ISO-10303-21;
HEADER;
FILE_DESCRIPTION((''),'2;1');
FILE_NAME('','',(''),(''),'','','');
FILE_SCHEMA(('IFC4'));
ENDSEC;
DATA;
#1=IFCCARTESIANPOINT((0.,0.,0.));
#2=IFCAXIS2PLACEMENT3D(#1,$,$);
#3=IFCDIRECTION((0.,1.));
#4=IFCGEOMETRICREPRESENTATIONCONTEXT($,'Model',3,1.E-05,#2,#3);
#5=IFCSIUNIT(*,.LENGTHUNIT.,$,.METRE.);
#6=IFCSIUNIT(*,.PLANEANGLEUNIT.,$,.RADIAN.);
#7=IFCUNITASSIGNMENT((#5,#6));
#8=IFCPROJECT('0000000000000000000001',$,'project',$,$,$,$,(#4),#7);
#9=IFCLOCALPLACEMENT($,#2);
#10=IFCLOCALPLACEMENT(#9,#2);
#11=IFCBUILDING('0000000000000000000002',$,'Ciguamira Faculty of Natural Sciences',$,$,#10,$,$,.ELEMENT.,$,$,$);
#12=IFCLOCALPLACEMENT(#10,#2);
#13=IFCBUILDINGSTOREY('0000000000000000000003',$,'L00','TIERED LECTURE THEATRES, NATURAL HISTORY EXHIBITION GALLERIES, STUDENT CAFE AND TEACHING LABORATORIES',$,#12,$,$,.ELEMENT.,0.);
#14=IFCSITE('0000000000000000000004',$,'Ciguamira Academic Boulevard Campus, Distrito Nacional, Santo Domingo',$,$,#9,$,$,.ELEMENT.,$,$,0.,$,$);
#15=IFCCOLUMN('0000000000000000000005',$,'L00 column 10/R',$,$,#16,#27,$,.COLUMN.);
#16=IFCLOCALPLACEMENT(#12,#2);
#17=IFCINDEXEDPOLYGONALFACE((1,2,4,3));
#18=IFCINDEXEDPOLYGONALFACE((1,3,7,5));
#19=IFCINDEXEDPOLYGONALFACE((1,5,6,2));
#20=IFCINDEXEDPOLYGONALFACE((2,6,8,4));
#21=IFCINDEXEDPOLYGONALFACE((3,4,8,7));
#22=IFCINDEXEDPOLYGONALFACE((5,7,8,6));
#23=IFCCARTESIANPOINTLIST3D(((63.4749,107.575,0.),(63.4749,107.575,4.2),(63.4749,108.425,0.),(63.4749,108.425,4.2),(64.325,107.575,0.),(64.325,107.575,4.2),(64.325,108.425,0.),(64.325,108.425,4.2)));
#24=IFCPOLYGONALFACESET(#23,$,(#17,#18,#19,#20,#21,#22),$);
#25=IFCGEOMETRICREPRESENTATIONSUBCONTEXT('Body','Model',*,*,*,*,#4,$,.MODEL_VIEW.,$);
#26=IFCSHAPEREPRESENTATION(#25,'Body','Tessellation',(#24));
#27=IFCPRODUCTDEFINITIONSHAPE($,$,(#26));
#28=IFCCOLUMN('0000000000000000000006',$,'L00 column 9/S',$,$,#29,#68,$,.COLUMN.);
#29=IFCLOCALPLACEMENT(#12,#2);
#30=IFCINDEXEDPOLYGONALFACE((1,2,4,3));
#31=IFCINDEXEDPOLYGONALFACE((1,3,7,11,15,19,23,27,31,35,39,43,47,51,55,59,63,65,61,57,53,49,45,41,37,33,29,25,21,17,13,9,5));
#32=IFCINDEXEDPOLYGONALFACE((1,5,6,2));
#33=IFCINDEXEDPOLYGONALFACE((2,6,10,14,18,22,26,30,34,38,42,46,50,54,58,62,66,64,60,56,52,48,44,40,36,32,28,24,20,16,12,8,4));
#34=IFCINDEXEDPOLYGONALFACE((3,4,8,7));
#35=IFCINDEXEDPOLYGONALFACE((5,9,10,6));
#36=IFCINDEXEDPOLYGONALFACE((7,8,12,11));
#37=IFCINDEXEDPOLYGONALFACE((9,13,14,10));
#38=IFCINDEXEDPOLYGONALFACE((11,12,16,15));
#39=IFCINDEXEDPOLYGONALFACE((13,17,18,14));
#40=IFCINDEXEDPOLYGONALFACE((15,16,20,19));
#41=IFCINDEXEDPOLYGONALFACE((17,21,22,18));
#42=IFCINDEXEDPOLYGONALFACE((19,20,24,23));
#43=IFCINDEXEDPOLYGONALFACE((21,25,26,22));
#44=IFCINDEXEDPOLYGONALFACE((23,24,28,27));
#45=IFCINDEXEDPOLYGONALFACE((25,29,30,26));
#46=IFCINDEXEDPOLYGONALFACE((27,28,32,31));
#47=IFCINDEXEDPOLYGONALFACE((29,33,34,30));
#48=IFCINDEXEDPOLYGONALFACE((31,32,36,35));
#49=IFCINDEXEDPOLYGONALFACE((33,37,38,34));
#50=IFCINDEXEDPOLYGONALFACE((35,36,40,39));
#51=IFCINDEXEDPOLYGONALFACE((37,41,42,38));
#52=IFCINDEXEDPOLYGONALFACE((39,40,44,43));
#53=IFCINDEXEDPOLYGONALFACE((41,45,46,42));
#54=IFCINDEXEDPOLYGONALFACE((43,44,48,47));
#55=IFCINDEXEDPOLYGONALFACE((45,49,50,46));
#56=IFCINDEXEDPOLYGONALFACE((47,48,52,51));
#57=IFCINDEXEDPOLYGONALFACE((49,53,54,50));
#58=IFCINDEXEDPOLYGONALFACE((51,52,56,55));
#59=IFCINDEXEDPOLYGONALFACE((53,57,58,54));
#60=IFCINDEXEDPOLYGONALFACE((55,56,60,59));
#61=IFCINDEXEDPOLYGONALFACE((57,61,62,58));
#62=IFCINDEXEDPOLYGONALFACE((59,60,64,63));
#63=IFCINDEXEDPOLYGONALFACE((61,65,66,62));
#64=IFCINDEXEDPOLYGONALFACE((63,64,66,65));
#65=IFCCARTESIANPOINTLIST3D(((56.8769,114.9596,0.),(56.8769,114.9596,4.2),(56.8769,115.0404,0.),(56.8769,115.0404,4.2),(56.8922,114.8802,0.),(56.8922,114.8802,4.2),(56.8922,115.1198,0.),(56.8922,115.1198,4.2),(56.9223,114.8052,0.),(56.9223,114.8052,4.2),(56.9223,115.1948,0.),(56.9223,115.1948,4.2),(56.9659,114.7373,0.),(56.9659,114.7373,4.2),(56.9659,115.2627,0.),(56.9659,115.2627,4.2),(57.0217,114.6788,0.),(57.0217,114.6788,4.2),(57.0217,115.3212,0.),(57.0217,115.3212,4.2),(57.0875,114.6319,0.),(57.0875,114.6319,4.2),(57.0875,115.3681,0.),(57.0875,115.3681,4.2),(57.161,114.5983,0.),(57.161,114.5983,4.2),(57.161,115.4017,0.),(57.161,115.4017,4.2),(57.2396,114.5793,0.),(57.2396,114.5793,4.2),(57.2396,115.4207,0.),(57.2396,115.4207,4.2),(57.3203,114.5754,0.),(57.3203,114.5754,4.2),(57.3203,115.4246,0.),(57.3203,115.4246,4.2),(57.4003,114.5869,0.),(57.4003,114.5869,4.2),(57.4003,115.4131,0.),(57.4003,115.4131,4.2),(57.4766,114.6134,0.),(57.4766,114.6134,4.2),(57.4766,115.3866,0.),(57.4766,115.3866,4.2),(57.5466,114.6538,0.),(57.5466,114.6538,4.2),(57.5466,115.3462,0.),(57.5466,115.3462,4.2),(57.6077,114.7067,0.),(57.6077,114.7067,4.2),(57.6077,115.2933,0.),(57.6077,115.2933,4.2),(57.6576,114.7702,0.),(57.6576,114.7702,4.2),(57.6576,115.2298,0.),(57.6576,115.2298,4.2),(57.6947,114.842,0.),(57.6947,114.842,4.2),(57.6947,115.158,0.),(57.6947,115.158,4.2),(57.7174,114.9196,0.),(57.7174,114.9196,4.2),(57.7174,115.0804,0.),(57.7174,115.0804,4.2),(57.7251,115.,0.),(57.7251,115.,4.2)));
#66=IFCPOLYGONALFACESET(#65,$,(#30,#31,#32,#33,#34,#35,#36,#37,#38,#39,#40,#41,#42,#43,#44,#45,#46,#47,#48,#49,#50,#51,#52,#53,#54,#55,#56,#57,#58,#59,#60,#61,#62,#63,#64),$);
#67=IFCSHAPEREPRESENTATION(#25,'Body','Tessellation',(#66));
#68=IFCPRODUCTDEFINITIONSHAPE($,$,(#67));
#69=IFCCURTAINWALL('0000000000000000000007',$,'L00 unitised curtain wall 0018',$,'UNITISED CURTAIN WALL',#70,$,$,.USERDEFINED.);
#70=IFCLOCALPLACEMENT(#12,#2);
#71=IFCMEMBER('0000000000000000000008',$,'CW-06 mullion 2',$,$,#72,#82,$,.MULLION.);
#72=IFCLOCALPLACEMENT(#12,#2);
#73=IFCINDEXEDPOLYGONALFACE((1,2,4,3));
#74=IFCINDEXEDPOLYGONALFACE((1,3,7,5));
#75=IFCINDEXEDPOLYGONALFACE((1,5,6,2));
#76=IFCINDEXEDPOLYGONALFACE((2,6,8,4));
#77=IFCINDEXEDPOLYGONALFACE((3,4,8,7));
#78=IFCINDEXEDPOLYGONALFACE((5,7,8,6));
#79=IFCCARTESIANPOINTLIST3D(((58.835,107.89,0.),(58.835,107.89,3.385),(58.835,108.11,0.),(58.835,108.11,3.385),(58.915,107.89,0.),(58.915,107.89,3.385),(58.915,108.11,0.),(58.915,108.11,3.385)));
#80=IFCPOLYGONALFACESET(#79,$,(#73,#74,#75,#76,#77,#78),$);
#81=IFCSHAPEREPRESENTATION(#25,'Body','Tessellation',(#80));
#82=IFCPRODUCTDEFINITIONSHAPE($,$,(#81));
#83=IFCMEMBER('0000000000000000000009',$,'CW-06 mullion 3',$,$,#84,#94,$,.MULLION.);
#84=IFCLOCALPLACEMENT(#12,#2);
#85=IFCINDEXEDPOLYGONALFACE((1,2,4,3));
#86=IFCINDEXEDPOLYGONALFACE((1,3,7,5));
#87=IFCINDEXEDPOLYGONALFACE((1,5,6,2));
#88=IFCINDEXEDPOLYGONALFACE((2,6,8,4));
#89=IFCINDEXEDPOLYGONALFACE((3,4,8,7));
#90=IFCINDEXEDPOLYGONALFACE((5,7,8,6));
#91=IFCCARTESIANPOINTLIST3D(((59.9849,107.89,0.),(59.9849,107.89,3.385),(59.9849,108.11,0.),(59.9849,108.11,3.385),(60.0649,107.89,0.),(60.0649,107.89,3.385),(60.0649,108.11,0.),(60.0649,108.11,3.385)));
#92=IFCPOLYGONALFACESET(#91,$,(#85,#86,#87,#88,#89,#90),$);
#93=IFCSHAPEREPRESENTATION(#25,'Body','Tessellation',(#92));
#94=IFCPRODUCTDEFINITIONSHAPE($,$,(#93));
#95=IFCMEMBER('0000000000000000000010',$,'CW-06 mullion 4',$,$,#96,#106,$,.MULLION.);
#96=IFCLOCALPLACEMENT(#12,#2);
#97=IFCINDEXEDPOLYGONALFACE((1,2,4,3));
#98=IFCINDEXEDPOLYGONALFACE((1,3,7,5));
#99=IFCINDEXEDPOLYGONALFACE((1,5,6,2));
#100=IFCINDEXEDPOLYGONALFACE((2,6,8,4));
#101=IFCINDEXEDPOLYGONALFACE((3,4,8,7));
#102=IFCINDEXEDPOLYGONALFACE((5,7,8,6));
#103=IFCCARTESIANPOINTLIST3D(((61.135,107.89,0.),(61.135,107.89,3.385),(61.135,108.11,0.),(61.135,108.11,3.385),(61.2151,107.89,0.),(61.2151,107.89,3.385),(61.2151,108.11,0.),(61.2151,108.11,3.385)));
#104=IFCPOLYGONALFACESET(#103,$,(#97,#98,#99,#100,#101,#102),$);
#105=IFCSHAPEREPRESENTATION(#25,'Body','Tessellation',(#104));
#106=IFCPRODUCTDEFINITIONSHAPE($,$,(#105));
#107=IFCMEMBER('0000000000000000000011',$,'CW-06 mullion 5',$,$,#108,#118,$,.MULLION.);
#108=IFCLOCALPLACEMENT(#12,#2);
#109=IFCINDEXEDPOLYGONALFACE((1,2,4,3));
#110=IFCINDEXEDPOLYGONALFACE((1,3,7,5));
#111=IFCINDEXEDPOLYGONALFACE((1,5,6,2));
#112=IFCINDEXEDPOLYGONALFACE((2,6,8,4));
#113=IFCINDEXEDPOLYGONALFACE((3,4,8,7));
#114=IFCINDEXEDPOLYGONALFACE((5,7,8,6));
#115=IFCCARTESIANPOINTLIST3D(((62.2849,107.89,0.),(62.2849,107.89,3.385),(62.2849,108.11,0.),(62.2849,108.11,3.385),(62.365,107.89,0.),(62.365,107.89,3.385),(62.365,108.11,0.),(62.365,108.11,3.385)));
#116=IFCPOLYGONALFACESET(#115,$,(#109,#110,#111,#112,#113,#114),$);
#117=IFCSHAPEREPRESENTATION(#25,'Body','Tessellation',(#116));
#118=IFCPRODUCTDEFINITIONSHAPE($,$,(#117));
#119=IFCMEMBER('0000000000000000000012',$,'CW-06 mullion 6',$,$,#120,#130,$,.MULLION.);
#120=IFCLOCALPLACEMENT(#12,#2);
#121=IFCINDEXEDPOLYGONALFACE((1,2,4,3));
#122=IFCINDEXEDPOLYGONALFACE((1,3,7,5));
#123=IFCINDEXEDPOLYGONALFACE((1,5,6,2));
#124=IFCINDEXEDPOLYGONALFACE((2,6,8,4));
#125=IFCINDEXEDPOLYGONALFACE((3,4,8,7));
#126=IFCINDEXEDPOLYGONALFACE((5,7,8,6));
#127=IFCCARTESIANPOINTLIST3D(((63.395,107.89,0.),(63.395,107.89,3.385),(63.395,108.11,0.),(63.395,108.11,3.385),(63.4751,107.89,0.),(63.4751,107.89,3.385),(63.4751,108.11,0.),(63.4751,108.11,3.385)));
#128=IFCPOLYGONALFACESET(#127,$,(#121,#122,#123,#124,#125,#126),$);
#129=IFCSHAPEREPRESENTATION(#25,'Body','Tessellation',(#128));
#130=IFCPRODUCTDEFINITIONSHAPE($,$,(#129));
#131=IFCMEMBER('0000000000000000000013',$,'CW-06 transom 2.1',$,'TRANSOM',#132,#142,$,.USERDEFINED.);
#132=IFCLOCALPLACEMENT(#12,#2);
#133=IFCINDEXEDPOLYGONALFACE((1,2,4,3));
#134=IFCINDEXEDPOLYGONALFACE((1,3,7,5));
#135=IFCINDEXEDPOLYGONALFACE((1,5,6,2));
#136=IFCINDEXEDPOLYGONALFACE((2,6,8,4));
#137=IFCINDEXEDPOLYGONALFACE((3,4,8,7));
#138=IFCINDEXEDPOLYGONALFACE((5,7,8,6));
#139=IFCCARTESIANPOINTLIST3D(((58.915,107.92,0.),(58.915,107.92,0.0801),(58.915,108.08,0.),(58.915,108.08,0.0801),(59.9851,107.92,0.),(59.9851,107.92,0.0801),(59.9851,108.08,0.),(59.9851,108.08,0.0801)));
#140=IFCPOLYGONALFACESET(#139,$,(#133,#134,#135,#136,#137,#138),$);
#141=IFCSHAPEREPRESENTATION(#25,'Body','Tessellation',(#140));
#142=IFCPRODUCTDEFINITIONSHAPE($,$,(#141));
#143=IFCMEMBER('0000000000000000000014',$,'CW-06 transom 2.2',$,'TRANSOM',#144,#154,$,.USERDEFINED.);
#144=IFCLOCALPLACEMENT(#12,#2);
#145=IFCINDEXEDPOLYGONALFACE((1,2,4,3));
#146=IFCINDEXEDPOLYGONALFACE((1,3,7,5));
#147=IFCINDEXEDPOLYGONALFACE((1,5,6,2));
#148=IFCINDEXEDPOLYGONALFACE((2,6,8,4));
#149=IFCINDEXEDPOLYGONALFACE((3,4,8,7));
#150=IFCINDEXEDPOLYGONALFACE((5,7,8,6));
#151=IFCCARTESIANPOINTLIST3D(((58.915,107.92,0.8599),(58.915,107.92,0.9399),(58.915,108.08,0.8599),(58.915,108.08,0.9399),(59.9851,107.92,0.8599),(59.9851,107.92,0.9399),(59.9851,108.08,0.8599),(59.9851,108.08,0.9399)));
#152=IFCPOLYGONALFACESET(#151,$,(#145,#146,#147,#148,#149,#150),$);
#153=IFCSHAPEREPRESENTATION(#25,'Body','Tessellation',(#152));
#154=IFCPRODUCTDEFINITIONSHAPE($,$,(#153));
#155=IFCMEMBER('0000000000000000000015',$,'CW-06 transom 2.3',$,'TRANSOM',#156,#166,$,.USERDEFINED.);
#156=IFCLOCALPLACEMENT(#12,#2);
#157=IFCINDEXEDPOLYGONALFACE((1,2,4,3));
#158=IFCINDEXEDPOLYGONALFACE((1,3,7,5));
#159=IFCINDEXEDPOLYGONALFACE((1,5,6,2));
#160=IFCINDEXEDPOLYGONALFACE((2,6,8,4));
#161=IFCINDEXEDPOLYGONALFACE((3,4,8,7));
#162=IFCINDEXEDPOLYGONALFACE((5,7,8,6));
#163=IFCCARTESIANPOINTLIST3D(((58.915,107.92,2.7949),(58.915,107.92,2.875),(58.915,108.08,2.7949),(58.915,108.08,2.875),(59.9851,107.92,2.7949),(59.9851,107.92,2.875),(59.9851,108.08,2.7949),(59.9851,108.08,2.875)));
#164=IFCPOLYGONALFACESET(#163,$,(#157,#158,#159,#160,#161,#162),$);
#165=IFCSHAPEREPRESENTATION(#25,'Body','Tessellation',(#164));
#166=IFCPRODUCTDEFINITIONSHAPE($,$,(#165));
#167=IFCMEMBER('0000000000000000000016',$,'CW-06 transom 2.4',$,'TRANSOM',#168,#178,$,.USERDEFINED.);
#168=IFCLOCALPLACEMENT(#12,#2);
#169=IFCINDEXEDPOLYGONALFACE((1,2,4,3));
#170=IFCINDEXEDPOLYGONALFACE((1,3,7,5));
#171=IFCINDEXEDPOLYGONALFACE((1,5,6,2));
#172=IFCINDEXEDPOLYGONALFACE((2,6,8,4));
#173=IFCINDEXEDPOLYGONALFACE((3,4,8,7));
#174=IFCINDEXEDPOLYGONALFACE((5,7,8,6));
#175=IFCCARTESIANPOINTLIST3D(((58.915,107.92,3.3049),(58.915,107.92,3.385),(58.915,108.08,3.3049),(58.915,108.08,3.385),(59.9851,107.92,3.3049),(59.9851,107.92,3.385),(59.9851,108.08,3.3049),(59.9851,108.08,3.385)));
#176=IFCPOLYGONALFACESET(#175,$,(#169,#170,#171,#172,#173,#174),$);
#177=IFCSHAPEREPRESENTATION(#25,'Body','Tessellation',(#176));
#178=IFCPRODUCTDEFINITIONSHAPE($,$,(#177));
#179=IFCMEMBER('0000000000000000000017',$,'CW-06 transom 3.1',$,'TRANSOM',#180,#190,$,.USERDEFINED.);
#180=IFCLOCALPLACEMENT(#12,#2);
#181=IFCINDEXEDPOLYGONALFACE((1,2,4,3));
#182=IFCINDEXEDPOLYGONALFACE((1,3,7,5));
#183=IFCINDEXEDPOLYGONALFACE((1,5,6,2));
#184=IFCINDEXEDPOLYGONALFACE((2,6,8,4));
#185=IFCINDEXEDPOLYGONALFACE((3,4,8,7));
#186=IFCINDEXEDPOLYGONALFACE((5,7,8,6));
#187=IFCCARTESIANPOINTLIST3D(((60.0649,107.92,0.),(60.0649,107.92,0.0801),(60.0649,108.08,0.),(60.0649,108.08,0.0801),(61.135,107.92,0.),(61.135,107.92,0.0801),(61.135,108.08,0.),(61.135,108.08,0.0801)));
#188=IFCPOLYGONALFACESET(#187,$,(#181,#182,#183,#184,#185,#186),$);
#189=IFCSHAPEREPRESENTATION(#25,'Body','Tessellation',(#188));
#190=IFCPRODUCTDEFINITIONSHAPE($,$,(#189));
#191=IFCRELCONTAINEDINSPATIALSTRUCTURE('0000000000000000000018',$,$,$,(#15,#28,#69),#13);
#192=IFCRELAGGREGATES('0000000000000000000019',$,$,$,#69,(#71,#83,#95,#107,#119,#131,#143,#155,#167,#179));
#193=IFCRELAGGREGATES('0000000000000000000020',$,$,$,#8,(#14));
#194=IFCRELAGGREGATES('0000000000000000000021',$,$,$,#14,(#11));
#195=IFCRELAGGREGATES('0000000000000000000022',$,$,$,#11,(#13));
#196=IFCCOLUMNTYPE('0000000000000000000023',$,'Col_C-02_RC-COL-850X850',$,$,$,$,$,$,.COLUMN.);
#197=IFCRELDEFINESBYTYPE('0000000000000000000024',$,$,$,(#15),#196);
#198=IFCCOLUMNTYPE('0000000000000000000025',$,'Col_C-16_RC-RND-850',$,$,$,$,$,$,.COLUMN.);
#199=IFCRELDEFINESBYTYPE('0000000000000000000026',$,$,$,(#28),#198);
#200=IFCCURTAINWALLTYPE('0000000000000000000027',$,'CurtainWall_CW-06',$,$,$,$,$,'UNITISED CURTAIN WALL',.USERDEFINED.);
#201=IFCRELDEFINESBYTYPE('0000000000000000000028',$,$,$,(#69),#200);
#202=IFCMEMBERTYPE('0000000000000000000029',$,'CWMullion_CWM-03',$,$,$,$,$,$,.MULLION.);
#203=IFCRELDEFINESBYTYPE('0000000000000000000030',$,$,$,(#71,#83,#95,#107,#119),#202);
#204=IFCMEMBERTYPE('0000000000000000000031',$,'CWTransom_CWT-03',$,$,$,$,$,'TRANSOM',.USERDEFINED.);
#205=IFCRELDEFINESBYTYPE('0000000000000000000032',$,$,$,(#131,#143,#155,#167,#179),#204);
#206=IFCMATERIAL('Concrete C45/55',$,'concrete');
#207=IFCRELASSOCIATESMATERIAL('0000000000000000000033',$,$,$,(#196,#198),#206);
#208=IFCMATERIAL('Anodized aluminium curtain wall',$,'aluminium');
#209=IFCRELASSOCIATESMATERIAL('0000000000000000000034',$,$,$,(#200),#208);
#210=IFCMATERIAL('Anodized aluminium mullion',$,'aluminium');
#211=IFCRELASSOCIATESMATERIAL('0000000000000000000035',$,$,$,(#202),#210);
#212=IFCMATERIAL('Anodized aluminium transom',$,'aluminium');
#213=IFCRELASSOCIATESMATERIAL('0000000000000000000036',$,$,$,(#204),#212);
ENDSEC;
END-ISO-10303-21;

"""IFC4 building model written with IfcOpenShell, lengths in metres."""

from ifc_helpers import new_model, si_unit, direction, frame, origin, origin_2d, place, context, subcontext, project, spatial, rectangle, circle, extrude, material, material_profile, profile_set, type_object, element, aggregate, save


model = new_model("IFC4")

# Units and contexts
model_context = context("Model", 3, precision=1e-05, world=origin(), true_north=direction((0.0, 1.0)))
body_context = subcontext(model_context, "Body", "Model", "MODEL_VIEW")
ifc_project = project(units=[si_unit("LENGTHUNIT", "METRE"), si_unit("PLANEANGLEUNIT", "RADIAN")], contexts=[model_context])

# Site, building, storey
site_placement = place(None, origin())
site = spatial("IfcSite", under=ifc_project, at=site_placement, Name="Ciguamira Academic Boulevard Campus, Distrito Nacional, Santo Domingo", CompositionType="ELEMENT", RefElevation=0.0)
building_placement = place(site_placement, origin())
building = spatial("IfcBuilding", under=site, at=building_placement, Name="Ciguamira Faculty of Natural Sciences", CompositionType="ELEMENT")
storey_placement = place(building_placement, origin())
storey = spatial("IfcBuildingStorey", under=building, at=storey_placement, Name="L00", Description="TIERED LECTURE THEATRES, NATURAL HISTORY EXHIBITION GALLERIES, STUDENT CAFE AND TEACHING LABORATORIES", CompositionType="ELEMENT", Elevation=0.0)

# Columns
ifc_material_1 = material(Name="Concrete C45/55", Category="concrete")
ifc_material_profile_1 = material_profile(ifc_material_1, rectangle(XDim=0.8501, YDim=0.8501, at=origin_2d()), Name="RC-COL-850X850")
ifc_profile_set_1 = profile_set([ifc_material_profile_1], Name="Concrete C45/55")
column_type_1 = type_object("IfcColumnType", Name="Col_C-02_RC-COL-850X850", PredefinedType="COLUMN", material=ifc_profile_set_1)
column_1_placement = place(storey_placement, frame((63.8999, 108.0, 0.0), z_axis=(0.0, 0.0, 1.0), x_axis=(1.0, 0.0, 0.0)))
element("IfcColumn", 1, at=column_1_placement, inside=storey, type_object=column_type_1, Name="L00 column 10/R", PredefinedType="COLUMN", context=body_context, shape_type="SweptSolid", body=[
    extrude(rectangle(XDim=0.8501, YDim=0.8501, at=origin_2d()), origin(), (0.0, 0.0, 1.0), 4.2),
])
ifc_material_profile_2 = material_profile(ifc_material_1, circle(Radius=0.425, at=origin_2d()), Name="RC-RND-850")
ifc_profile_set_2 = profile_set([ifc_material_profile_2], Name="Concrete C45/55")
column_type_2 = type_object("IfcColumnType", Name="Col_C-16_RC-RND-850", PredefinedType="COLUMN", material=ifc_profile_set_2)
column_2_placement = place(storey_placement, frame((57.3, 115.0, 0.0), z_axis=(0.0, 0.0, 1.0), x_axis=(1.0, 0.0, 0.0)))
element("IfcColumn", 2, at=column_2_placement, inside=storey, type_object=column_type_2, Name="L00 column 9/S", PredefinedType="COLUMN", context=body_context, shape_type="SweptSolid", body=[
    extrude(circle(Radius=0.425, at=origin_2d()), origin(), (0.0, 0.0, 1.0), 4.2),
])

# Curtain wall, members
ifc_material_2 = material(Name="Anodized aluminium curtain wall", Category="aluminium")
curtain_wall_type = type_object("IfcCurtainWallType", Name="CurtainWall_CW-06", ElementType="UNITISED CURTAIN WALL", PredefinedType="USERDEFINED", material=ifc_material_2)
curtain_wall_placement = place(storey_placement, origin())
curtain_wall = element("IfcCurtainWall", 3, at=curtain_wall_placement, inside=storey, type_object=curtain_wall_type, Name="L00 unitised curtain wall 0018", ObjectType="UNITISED CURTAIN WALL", PredefinedType="USERDEFINED")
ifc_material_3 = material(Name="Anodized aluminium mullion", Category="aluminium")
ifc_material_profile_3 = material_profile(ifc_material_3, rectangle(XDim=0.0801, YDim=0.22, at=origin_2d()), Name="ALU-MUL-80X220")
ifc_profile_set_3 = profile_set([ifc_material_profile_3], Name="Anodized aluminium mullion")
member_type_1 = type_object("IfcMemberType", Name="CWMullion_CWM-03", PredefinedType="MULLION", material=ifc_profile_set_3)
member_1_placement = place(storey_placement, frame((58.875, 108.0, 0.0), z_axis=(0.0, 0.0, 1.0), x_axis=(1.0, 0.0, 0.0)))
member_1 = element("IfcMember", 4, at=member_1_placement, type_object=member_type_1, Name="CW-06 mullion 2", PredefinedType="MULLION", context=body_context, shape_type="SweptSolid", body=[
    extrude(rectangle(XDim=0.0801, YDim=0.22, at=origin_2d()), origin(), (0.0, 0.0, 1.0), 3.385),
])
member_2_placement = place(storey_placement, frame((60.0249, 108.0, 0.0), z_axis=(0.0, 0.0, 1.0), x_axis=(1.0, 0.0, 0.0)))
member_2 = element("IfcMember", 5, at=member_2_placement, type_object=member_type_1, Name="CW-06 mullion 3", PredefinedType="MULLION", context=body_context, shape_type="SweptSolid", body=[
    extrude(rectangle(XDim=0.0801, YDim=0.22, at=origin_2d()), origin(), (0.0, 0.0, 1.0), 3.385),
])
member_3_placement = place(storey_placement, frame((61.175, 108.0, 0.0), z_axis=(0.0, 0.0, 1.0), x_axis=(1.0, 0.0, 0.0)))
member_3 = element("IfcMember", 6, at=member_3_placement, type_object=member_type_1, Name="CW-06 mullion 4", PredefinedType="MULLION", context=body_context, shape_type="SweptSolid", body=[
    extrude(rectangle(XDim=0.0801, YDim=0.22, at=origin_2d()), origin(), (0.0, 0.0, 1.0), 3.385),
])
member_4_placement = place(storey_placement, frame((62.325, 108.0, 0.0), z_axis=(0.0, 0.0, 1.0), x_axis=(1.0, 0.0, 0.0)))
member_4 = element("IfcMember", 7, at=member_4_placement, type_object=member_type_1, Name="CW-06 mullion 5", PredefinedType="MULLION", context=body_context, shape_type="SweptSolid", body=[
    extrude(rectangle(XDim=0.0801, YDim=0.22, at=origin_2d()), origin(), (0.0, 0.0, 1.0), 3.385),
])
member_5_placement = place(storey_placement, frame((63.4351, 108.0, 0.0), z_axis=(0.0, 0.0, 1.0), x_axis=(1.0, 0.0, 0.0)))
member_5 = element("IfcMember", 8, at=member_5_placement, type_object=member_type_1, Name="CW-06 mullion 6", PredefinedType="MULLION", context=body_context, shape_type="SweptSolid", body=[
    extrude(rectangle(XDim=0.0801, YDim=0.22, at=origin_2d()), origin(), (0.0, 0.0, 1.0), 3.385),
])
ifc_material_4 = material(Name="Anodized aluminium transom", Category="aluminium")
ifc_material_profile_4 = material_profile(ifc_material_4, rectangle(XDim=0.0801, YDim=0.1599, at=origin_2d()), Name="ALU-TRN-80X160")
ifc_profile_set_4 = profile_set([ifc_material_profile_4], Name="Anodized aluminium transom")
member_type_2 = type_object("IfcMemberType", Name="CWTransom_CWT-03", ElementType="TRANSOM", PredefinedType="USERDEFINED", material=ifc_profile_set_4)
member_6_placement = place(storey_placement, frame((58.915, 108.0, 0.04), z_axis=(1.0, 0.0, 0.0), x_axis=(0.0, 0.0, 1.0)))
member_6 = element("IfcMember", 9, at=member_6_placement, type_object=member_type_2, Name="CW-06 transom 2.1", ObjectType="TRANSOM", PredefinedType="USERDEFINED", context=body_context, shape_type="SweptSolid", body=[
    extrude(rectangle(XDim=0.0801, YDim=0.1599, at=origin_2d()), origin(), (0.0, 0.0, 1.0), 1.0701),
])
member_7_placement = place(storey_placement, frame((58.915, 108.0, 0.8999), z_axis=(1.0, 0.0, 0.0), x_axis=(0.0, 0.0, 1.0)))
member_7 = element("IfcMember", 10, at=member_7_placement, type_object=member_type_2, Name="CW-06 transom 2.2", ObjectType="TRANSOM", PredefinedType="USERDEFINED", context=body_context, shape_type="SweptSolid", body=[
    extrude(rectangle(XDim=0.0801, YDim=0.1599, at=origin_2d()), origin(), (0.0, 0.0, 1.0), 1.0701),
])
member_8_placement = place(storey_placement, frame((58.915, 108.0, 2.835), z_axis=(1.0, 0.0, 0.0), x_axis=(0.0, 0.0, 1.0)))
member_8 = element("IfcMember", 11, at=member_8_placement, type_object=member_type_2, Name="CW-06 transom 2.3", ObjectType="TRANSOM", PredefinedType="USERDEFINED", context=body_context, shape_type="SweptSolid", body=[
    extrude(rectangle(XDim=0.0801, YDim=0.1599, at=origin_2d()), origin(), (0.0, 0.0, 1.0), 1.0701),
])
member_9_placement = place(storey_placement, frame((58.915, 108.0, 3.345), z_axis=(1.0, 0.0, 0.0), x_axis=(0.0, 0.0, 1.0)))
member_9 = element("IfcMember", 12, at=member_9_placement, type_object=member_type_2, Name="CW-06 transom 2.4", ObjectType="TRANSOM", PredefinedType="USERDEFINED", context=body_context, shape_type="SweptSolid", body=[
    extrude(rectangle(XDim=0.0801, YDim=0.1599, at=origin_2d()), origin(), (0.0, 0.0, 1.0), 1.0701),
])
member_10_placement = place(storey_placement, frame((60.0649, 108.0, 0.04), z_axis=(1.0, 0.0, 0.0), x_axis=(0.0, 0.0, 1.0)))
member_10 = element("IfcMember", 13, at=member_10_placement, type_object=member_type_2, Name="CW-06 transom 3.1", ObjectType="TRANSOM", PredefinedType="USERDEFINED", context=body_context, shape_type="SweptSolid", body=[
    extrude(rectangle(XDim=0.0801, YDim=0.1599, at=origin_2d()), origin(), (0.0, 0.0, 1.0), 1.0701),
])

aggregate(curtain_wall, [member_1, member_2, member_3, member_4, member_5, member_6, member_7, member_8, member_9, member_10])

save(model, "model.ifc")
